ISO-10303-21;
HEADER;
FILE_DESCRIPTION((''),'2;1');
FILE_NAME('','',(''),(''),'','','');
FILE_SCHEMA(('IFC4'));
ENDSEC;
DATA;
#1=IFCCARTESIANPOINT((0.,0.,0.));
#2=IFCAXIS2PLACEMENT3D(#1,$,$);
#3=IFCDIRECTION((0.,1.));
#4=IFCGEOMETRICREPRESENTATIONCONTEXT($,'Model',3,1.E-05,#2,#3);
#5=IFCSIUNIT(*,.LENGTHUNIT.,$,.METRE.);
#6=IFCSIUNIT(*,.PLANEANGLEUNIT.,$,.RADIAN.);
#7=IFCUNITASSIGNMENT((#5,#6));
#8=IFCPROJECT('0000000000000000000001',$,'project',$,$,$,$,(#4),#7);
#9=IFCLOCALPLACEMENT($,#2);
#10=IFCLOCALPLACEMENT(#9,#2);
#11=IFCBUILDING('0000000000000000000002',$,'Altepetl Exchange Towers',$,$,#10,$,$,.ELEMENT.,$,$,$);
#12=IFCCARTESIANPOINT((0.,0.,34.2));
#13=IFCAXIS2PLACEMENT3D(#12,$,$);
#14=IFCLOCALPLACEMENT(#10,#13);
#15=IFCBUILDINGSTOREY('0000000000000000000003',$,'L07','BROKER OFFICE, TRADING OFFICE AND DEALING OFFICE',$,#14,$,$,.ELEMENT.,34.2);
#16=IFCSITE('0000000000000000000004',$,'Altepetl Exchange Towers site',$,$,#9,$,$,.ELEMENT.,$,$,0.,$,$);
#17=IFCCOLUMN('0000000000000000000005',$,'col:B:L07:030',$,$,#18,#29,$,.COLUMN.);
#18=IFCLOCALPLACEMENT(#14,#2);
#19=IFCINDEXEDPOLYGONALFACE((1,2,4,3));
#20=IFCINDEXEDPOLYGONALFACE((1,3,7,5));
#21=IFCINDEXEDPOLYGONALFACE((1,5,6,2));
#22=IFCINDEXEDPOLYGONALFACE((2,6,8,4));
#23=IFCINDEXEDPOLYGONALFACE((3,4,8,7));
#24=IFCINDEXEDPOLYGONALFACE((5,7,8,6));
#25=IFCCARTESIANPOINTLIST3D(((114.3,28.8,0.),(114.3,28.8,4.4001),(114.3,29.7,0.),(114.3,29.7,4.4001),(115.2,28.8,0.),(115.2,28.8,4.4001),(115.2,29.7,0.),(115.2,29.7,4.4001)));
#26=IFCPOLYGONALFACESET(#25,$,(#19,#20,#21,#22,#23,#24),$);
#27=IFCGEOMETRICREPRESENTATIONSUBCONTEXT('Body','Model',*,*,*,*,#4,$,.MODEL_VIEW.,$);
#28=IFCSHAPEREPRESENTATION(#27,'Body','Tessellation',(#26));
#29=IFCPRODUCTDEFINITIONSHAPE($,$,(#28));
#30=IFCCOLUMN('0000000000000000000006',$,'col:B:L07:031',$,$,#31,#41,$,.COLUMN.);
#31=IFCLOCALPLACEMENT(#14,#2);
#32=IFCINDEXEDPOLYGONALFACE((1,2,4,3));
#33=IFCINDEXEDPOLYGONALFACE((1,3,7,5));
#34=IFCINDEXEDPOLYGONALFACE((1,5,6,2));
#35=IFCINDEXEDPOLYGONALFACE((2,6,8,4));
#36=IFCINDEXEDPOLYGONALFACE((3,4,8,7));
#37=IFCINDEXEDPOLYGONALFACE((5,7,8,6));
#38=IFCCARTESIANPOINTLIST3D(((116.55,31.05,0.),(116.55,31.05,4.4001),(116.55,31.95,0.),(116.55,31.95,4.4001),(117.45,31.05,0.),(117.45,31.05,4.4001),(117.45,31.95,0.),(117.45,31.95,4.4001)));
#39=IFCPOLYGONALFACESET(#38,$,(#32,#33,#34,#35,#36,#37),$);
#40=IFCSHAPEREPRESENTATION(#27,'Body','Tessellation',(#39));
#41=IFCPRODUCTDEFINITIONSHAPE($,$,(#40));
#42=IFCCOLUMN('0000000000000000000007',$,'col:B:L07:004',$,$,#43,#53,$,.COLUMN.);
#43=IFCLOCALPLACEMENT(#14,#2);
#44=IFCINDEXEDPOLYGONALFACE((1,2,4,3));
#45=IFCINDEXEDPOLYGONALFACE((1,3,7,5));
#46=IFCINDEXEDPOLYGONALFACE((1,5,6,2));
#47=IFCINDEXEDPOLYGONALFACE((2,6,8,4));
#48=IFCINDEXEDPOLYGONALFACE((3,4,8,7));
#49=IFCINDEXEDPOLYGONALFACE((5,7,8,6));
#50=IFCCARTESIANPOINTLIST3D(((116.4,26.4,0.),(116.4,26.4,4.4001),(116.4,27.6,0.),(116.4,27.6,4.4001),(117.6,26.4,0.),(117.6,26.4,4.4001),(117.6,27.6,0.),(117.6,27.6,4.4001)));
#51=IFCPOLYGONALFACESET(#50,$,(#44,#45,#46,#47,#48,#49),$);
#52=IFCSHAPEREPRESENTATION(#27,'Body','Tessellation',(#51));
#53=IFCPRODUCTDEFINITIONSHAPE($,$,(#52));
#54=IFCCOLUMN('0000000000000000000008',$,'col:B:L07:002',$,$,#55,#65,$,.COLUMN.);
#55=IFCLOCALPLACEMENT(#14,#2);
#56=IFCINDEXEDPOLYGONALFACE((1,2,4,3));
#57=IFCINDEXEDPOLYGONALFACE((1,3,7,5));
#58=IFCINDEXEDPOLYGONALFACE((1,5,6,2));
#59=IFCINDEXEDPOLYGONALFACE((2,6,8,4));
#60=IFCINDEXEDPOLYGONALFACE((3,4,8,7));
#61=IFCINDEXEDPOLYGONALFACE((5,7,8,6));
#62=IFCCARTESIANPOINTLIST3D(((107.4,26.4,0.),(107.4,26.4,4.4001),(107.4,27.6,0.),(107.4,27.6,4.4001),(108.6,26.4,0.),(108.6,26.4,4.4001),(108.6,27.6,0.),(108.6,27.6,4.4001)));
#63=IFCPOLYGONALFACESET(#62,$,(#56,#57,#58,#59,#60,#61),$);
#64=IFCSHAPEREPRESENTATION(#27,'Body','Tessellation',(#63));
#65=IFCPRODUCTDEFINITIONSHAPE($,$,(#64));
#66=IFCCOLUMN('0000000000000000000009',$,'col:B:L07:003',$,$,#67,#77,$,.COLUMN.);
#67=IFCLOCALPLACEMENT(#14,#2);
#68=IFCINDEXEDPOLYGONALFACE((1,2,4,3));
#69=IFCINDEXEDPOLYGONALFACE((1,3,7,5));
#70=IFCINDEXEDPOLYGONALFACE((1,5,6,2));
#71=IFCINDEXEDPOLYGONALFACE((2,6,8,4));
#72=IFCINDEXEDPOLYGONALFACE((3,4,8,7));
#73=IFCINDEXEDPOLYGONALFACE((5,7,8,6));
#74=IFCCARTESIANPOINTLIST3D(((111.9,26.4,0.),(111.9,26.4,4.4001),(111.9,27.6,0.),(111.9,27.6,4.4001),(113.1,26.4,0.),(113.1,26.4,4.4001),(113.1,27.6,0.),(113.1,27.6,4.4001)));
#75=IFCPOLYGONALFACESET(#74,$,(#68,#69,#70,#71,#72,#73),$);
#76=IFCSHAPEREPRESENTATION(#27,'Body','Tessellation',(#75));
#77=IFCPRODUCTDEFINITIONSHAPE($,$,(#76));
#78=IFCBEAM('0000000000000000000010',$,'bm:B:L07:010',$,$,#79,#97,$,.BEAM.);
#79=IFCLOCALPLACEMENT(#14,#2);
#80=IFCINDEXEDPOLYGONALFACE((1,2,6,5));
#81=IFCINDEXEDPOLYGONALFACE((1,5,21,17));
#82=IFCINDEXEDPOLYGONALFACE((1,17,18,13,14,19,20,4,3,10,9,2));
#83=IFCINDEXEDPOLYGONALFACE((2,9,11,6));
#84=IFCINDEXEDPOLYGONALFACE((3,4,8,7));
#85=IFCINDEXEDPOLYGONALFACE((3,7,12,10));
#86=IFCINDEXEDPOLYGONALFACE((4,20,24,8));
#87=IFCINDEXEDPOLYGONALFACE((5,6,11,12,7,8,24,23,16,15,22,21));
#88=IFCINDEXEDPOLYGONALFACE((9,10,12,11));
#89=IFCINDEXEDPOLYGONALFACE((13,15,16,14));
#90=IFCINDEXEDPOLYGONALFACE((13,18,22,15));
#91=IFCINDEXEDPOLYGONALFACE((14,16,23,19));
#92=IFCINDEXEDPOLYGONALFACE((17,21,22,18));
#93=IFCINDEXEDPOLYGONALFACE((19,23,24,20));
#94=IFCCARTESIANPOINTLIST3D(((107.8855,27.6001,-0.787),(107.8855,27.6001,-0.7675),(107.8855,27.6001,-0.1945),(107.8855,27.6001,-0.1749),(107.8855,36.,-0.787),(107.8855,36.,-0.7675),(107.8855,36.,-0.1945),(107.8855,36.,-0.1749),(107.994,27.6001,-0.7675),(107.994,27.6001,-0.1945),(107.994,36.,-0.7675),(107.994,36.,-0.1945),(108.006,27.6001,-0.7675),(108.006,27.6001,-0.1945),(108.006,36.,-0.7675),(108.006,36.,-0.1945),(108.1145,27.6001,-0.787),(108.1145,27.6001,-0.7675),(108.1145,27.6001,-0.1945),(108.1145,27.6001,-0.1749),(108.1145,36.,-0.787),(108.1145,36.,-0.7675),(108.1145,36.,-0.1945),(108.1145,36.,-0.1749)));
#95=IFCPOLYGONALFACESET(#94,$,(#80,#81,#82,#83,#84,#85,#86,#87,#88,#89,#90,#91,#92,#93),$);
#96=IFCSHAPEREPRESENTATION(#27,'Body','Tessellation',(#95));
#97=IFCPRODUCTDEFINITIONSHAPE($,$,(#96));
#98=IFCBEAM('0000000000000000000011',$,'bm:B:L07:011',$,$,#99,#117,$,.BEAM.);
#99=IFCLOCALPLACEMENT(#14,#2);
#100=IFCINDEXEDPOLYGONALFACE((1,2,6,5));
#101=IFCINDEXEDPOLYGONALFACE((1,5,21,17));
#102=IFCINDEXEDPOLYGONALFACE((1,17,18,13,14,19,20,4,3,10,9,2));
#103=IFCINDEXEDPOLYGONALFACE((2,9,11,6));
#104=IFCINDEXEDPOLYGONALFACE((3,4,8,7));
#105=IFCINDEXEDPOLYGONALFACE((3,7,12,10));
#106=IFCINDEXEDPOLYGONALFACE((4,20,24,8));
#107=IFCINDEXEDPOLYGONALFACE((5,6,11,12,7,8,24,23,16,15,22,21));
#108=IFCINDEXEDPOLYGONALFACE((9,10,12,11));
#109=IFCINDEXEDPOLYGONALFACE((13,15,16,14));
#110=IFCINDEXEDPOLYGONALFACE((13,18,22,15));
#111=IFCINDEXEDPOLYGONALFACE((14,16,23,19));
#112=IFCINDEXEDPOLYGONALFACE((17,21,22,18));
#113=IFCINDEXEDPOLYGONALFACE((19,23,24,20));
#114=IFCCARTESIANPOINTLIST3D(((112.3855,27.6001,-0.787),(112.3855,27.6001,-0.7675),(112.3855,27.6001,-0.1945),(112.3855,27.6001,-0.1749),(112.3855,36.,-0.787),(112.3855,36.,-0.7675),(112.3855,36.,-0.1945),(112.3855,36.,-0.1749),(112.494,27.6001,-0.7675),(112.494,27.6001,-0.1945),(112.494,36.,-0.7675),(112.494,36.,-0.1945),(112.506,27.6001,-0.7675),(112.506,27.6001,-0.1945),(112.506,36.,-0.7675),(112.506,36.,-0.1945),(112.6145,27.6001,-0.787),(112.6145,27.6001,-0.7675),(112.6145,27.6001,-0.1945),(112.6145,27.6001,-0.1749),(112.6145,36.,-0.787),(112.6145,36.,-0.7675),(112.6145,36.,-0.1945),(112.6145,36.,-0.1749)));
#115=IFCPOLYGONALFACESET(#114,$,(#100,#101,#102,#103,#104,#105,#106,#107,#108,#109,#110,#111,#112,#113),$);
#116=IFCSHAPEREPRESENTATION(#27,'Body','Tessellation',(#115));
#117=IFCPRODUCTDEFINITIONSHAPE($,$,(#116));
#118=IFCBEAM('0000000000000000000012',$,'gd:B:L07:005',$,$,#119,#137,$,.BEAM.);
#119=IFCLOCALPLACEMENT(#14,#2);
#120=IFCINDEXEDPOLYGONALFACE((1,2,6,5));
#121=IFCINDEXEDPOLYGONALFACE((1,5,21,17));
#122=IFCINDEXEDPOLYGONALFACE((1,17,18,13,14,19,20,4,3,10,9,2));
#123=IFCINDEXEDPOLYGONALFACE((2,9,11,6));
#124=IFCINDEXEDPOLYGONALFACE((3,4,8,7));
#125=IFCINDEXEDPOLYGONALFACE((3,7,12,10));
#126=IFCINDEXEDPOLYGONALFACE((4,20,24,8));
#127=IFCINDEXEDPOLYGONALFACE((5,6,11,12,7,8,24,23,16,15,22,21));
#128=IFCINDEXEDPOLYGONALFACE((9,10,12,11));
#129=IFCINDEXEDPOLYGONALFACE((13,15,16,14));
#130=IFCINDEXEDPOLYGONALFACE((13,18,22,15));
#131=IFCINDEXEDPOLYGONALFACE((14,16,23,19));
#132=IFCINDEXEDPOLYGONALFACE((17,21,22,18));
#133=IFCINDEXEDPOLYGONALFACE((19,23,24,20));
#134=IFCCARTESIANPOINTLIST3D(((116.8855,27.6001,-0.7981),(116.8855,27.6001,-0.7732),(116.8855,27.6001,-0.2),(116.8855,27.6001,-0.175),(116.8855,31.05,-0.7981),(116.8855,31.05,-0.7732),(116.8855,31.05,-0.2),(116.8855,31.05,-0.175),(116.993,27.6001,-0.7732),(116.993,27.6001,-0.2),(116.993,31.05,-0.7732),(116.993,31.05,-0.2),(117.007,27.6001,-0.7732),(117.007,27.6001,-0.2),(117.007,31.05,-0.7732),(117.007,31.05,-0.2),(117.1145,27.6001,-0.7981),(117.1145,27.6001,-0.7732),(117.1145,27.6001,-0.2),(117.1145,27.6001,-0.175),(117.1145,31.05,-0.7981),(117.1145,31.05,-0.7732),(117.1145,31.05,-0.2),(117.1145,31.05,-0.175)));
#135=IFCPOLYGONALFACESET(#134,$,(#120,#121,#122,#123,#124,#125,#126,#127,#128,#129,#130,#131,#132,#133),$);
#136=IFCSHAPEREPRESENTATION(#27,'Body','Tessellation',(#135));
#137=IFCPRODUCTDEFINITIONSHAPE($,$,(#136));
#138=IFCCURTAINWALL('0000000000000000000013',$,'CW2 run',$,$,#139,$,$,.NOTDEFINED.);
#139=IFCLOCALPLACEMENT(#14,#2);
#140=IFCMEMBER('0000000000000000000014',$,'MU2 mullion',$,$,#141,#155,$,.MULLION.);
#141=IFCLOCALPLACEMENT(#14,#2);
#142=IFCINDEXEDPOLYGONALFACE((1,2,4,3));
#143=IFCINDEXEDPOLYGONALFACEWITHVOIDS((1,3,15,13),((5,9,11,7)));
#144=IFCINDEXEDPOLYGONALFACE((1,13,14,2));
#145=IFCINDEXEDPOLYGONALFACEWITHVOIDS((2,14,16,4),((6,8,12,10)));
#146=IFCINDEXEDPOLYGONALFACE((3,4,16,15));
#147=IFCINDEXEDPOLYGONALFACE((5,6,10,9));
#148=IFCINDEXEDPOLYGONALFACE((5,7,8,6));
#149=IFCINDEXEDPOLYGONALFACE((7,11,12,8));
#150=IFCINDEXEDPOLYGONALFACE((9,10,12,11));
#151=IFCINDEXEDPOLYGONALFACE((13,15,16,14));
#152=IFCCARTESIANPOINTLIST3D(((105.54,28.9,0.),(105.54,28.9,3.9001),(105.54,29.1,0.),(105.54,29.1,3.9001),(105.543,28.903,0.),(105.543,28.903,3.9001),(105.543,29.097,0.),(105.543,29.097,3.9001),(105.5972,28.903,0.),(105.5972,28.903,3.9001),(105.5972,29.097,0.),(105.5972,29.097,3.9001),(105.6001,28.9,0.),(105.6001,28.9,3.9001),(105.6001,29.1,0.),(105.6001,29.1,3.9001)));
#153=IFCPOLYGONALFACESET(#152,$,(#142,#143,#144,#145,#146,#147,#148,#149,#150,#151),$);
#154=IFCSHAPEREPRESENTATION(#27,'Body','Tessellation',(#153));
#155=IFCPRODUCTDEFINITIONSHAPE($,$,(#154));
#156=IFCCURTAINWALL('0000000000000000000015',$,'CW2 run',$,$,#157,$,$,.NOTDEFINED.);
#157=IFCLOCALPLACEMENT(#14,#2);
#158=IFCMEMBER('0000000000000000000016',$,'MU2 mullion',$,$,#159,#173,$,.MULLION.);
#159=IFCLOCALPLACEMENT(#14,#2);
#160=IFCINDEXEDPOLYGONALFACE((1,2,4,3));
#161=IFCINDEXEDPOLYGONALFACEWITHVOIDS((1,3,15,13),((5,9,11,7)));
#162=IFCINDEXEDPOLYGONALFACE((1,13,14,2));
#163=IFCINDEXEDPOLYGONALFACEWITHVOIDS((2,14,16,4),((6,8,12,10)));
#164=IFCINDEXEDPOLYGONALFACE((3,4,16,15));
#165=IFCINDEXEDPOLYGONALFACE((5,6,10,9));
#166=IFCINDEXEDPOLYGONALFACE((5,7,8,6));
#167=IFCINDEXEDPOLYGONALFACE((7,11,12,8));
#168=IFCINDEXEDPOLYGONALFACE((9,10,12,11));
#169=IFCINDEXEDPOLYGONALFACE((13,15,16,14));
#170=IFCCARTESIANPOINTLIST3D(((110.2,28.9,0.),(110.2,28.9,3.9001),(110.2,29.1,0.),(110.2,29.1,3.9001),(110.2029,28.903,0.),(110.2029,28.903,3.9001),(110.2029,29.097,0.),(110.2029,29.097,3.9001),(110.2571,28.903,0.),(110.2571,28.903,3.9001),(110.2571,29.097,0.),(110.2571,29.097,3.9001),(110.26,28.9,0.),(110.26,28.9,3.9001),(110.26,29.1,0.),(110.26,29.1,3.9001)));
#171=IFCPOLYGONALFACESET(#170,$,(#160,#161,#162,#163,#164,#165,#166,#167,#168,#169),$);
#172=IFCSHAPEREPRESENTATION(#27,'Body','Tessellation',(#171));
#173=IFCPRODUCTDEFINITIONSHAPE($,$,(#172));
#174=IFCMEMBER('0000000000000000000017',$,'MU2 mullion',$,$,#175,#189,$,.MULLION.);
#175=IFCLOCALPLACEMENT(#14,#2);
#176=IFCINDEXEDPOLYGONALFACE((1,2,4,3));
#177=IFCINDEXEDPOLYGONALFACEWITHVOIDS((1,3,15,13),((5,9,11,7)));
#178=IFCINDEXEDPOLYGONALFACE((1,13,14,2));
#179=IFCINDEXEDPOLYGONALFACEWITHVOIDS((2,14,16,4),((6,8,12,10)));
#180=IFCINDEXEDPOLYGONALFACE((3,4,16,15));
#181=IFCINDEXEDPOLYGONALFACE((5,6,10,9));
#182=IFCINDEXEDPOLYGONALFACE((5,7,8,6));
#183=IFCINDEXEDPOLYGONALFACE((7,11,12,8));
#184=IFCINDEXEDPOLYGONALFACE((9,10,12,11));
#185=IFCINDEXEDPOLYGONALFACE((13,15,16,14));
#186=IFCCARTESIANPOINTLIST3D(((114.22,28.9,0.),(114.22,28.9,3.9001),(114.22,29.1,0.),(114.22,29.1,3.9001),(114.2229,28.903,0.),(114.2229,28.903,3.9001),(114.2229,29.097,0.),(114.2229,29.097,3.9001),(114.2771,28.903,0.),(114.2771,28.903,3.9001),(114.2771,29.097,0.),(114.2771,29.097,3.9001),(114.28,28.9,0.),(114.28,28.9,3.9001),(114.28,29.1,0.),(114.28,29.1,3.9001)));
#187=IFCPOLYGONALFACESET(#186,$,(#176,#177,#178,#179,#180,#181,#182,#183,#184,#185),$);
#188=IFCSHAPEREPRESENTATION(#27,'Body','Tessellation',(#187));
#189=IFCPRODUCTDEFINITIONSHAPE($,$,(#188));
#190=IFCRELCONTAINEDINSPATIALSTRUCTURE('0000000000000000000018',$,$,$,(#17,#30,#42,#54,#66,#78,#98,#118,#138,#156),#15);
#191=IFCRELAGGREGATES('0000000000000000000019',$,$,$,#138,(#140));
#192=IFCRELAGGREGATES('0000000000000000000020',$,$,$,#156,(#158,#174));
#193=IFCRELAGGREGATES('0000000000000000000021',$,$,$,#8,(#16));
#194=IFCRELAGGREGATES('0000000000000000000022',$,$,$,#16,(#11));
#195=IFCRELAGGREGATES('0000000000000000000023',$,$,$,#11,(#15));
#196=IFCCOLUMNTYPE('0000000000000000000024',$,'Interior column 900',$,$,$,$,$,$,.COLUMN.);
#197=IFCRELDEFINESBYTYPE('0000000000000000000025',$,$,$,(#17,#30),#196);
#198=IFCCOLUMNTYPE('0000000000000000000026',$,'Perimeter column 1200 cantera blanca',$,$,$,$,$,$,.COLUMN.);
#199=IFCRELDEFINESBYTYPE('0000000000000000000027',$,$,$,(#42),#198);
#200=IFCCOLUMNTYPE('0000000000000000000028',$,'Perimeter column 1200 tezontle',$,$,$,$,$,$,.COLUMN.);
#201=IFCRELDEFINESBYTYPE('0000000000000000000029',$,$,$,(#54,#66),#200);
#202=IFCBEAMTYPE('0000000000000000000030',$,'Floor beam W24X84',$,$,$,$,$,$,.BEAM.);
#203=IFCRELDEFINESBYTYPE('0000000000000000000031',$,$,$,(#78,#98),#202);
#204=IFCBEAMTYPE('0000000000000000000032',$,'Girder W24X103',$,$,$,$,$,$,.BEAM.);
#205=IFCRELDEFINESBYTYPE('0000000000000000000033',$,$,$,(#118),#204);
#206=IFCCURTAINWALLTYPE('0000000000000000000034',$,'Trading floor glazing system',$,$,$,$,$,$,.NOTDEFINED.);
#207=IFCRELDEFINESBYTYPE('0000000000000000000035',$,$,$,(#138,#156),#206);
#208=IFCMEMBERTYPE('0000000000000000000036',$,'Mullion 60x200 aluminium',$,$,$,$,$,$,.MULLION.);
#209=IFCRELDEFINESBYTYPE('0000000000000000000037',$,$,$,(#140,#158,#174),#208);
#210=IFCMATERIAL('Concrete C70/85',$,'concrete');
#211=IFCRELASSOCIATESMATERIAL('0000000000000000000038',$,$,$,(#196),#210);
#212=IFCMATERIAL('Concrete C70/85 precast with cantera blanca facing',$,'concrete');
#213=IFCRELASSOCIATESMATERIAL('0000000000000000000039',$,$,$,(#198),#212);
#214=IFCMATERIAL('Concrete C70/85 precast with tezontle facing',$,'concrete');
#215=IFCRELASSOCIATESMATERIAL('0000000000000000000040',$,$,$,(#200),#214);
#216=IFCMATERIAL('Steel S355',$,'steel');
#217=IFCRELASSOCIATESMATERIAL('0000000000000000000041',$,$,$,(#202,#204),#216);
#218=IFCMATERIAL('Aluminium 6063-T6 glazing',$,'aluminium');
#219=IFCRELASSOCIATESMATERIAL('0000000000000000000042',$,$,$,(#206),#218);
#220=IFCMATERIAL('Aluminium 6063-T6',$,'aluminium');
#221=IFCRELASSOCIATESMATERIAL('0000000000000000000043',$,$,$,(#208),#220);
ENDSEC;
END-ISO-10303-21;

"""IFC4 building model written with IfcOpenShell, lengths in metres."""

from ifc_helpers import new_model, si_unit, direction, frame, origin, origin_2d, place, context, subcontext, project, spatial, rectangle, hollow_rectangle, i_section, extrude, material, material_profile, profile_set, type_object, element, aggregate, save


model = new_model("IFC4")

# Units and contexts
model_context = context("Model", 3, precision=1e-05, world=origin(), true_north=direction((0.0, 1.0)))
body_context = subcontext(model_context, "Body", "Model", "MODEL_VIEW")
ifc_project = project(units=[si_unit("LENGTHUNIT", "METRE"), si_unit("PLANEANGLEUNIT", "RADIAN")], contexts=[model_context])

# Site, building, storey
site_placement = place(None, origin())
site = spatial("IfcSite", under=ifc_project, at=site_placement, Name="Altepetl Exchange Towers site", CompositionType="ELEMENT", RefElevation=0.0)
building_placement = place(site_placement, origin())
building = spatial("IfcBuilding", under=site, at=building_placement, Name="Altepetl Exchange Towers", CompositionType="ELEMENT")
storey_placement = place(building_placement, frame((0.0, 0.0, 34.2)))
storey = spatial("IfcBuildingStorey", under=building, at=storey_placement, Name="L07", Description="BROKER OFFICE, TRADING OFFICE AND DEALING OFFICE", CompositionType="ELEMENT", Elevation=34.2)

# Columns
ifc_material_1 = material(Name="Concrete C70/85", Category="concrete")
ifc_material_profile_1 = material_profile(ifc_material_1, rectangle(XDim=0.8999, YDim=0.8999, at=origin_2d()), Name="900 x 900")
ifc_profile_set_1 = profile_set([ifc_material_profile_1], Name="Concrete C70/85")
column_type_1 = type_object("IfcColumnType", Name="Interior column 900", PredefinedType="COLUMN", material=ifc_profile_set_1)
for number, where, name in (
    (1, (114.75, 29.25, 0.0), "col:B:L07:030"),
    (2, (117.0, 31.5, 0.0), "col:B:L07:031"),
):
    element("IfcColumn", number, at=place(storey_placement, frame(where)), inside=storey, type_object=column_type_1, Name=name, PredefinedType="COLUMN", context=body_context, shape_type="SweptSolid", body=[
        extrude(rectangle(XDim=0.8999, YDim=0.8999, at=origin_2d()), origin(), (0.0, 0.0, 1.0), 4.4001),
    ])
ifc_material_2 = material(Name="Concrete C70/85 precast with cantera blanca facing", Category="concrete")
ifc_material_profile_2 = material_profile(ifc_material_2, rectangle(XDim=1.2, YDim=1.2, at=origin_2d()), Name="1200 x 1200")
ifc_profile_set_2 = profile_set([ifc_material_profile_2], Name="Concrete C70/85 precast with cantera blanca facing")
column_type_2 = type_object("IfcColumnType", Name="Perimeter column 1200 cantera blanca", PredefinedType="COLUMN", material=ifc_profile_set_2)
column_placement = place(storey_placement, frame((117.0, 27.0, 0.0)))
element("IfcColumn", 3, at=column_placement, inside=storey, type_object=column_type_2, Name="col:B:L07:004", PredefinedType="COLUMN", context=body_context, shape_type="SweptSolid", body=[
    extrude(rectangle(XDim=1.2, YDim=1.2, at=origin_2d()), origin(), (0.0, 0.0, 1.0), 4.4001),
])
ifc_material_3 = material(Name="Concrete C70/85 precast with tezontle facing", Category="concrete")
ifc_material_profile_3 = material_profile(ifc_material_3, rectangle(XDim=1.2, YDim=1.2, at=origin_2d()), Name="1200 x 1200")
ifc_profile_set_3 = profile_set([ifc_material_profile_3], Name="Concrete C70/85 precast with tezontle facing")
column_type_3 = type_object("IfcColumnType", Name="Perimeter column 1200 tezontle", PredefinedType="COLUMN", material=ifc_profile_set_3)
for number, where, name in (
    (4, (108.0, 27.0, 0.0), "col:B:L07:002"),
    (5, (112.5, 27.0, 0.0), "col:B:L07:003"),
):
    element("IfcColumn", number, at=place(storey_placement, frame(where)), inside=storey, type_object=column_type_3, Name=name, PredefinedType="COLUMN", context=body_context, shape_type="SweptSolid", body=[
        extrude(rectangle(XDim=1.2, YDim=1.2, at=origin_2d()), origin(), (0.0, 0.0, 1.0), 4.4001),
    ])

# Beams
ifc_material_4 = material(Name="Steel S355", Category="steel")
ifc_material_profile_4 = material_profile(ifc_material_4, i_section(OverallWidth=0.229, OverallDepth=0.6121, WebThickness=0.012, FlangeThickness=0.0195, at=origin_2d()), Name="W24X84")
ifc_profile_set_4 = profile_set([ifc_material_profile_4], Name="Steel S355")
beam_type_1 = type_object("IfcBeamType", Name="Floor beam W24X84", PredefinedType="BEAM", material=ifc_profile_set_4)
for number, where, z_axis, x_axis, name in (
    (6, (108.0, 27.6001, -0.481), (0.0, 1.0, 0.0), (-1.0, 0.0, 0.0), "bm:B:L07:010"),
    (7, (112.5, 27.6001, -0.481), (0.0, 1.0, 0.0), (-1.0, 0.0, 0.0), "bm:B:L07:011"),
):
    element("IfcBeam", number, at=place(storey_placement, frame(where, z_axis=z_axis, x_axis=x_axis)), inside=storey, type_object=beam_type_1, Name=name, PredefinedType="BEAM", context=body_context, shape_type="SweptSolid", body=[
        extrude(i_section(OverallWidth=0.229, OverallDepth=0.6121, WebThickness=0.012, FlangeThickness=0.0195, at=origin_2d()), origin(), (0.0, 0.0, 1.0), 8.3999),
    ])
ifc_material_profile_5 = material_profile(ifc_material_4, i_section(OverallWidth=0.229, OverallDepth=0.623, WebThickness=0.0139, FlangeThickness=0.0249, at=origin_2d()), Name="W24X103")
ifc_profile_set_5 = profile_set([ifc_material_profile_5], Name="Steel S355")
beam_type_2 = type_object("IfcBeamType", Name="Girder W24X103", PredefinedType="BEAM", material=ifc_profile_set_5)
beam_placement = place(storey_placement, frame((117.0, 31.05, -0.4866), z_axis=(0.0, -1.0, 0.0), x_axis=(1.0, 0.0, 0.0)))
element("IfcBeam", 8, at=beam_placement, inside=storey, type_object=beam_type_2, Name="gd:B:L07:005", PredefinedType="BEAM", context=body_context, shape_type="SweptSolid", body=[
    extrude(i_section(OverallWidth=0.229, OverallDepth=0.623, WebThickness=0.0139, FlangeThickness=0.0249, at=origin_2d()), origin(), (0.0, 0.0, 1.0), 3.45),
])

# Curtain wall, member
ifc_material_5 = material(Name="Aluminium 6063-T6 glazing", Category="aluminium")
curtain_wall_type = type_object("IfcCurtainWallType", Name="Trading floor glazing system", PredefinedType="NOTDEFINED", material=ifc_material_5)
curtain_wall_1_placement = place(storey_placement, origin())
curtain_wall_1 = element("IfcCurtainWall", 9, at=curtain_wall_1_placement, inside=storey, type_object=curtain_wall_type, Name="CW2 run", PredefinedType="NOTDEFINED")
ifc_material_6 = material(Name="Aluminium 6063-T6", Category="aluminium")
ifc_material_profile_6 = material_profile(ifc_material_6, hollow_rectangle(XDim=0.0601, YDim=0.2, WallThickness=0.0029, at=origin_2d()), Name="Mullion 60x200 aluminium")
ifc_profile_set_6 = profile_set([ifc_material_profile_6], Name="Aluminium 6063-T6")
member_type = type_object("IfcMemberType", Name="Mullion 60x200 aluminium", PredefinedType="MULLION", material=ifc_profile_set_6)
member_1_placement = place(storey_placement, frame((105.5701, 29.0, 0.0)))
member_1 = element("IfcMember", 10, at=member_1_placement, type_object=member_type, Name="MU2 mullion", PredefinedType="MULLION", context=body_context, shape_type="SweptSolid", body=[
    extrude(hollow_rectangle(XDim=0.0601, YDim=0.2, WallThickness=0.0029, at=origin_2d()), origin(), (0.0, 0.0, 1.0), 3.9001),
])
aggregate(curtain_wall_1, [member_1])

# Curtain wall, members
curtain_wall_2_placement = place(storey_placement, origin())
curtain_wall_2 = element("IfcCurtainWall", 11, at=curtain_wall_2_placement, inside=storey, type_object=curtain_wall_type, Name="CW2 run", PredefinedType="NOTDEFINED")
member_2_placement = place(storey_placement, frame((110.23, 29.0, 0.0)))
member_2 = element("IfcMember", 12, at=member_2_placement, type_object=member_type, Name="MU2 mullion", PredefinedType="MULLION", context=body_context, shape_type="SweptSolid", body=[
    extrude(hollow_rectangle(XDim=0.0601, YDim=0.2, WallThickness=0.0029, at=origin_2d()), origin(), (0.0, 0.0, 1.0), 3.9001),
])
member_3_placement = place(storey_placement, frame((114.25, 29.0, 0.0)))
member_3 = element("IfcMember", 13, at=member_3_placement, type_object=member_type, Name="MU2 mullion", PredefinedType="MULLION", context=body_context, shape_type="SweptSolid", body=[
    extrude(hollow_rectangle(XDim=0.0601, YDim=0.2, WallThickness=0.0029, at=origin_2d()), origin(), (0.0, 0.0, 1.0), 3.9001),
])

aggregate(curtain_wall_2, [member_2, member_3])

save(model, "model.ifc")
